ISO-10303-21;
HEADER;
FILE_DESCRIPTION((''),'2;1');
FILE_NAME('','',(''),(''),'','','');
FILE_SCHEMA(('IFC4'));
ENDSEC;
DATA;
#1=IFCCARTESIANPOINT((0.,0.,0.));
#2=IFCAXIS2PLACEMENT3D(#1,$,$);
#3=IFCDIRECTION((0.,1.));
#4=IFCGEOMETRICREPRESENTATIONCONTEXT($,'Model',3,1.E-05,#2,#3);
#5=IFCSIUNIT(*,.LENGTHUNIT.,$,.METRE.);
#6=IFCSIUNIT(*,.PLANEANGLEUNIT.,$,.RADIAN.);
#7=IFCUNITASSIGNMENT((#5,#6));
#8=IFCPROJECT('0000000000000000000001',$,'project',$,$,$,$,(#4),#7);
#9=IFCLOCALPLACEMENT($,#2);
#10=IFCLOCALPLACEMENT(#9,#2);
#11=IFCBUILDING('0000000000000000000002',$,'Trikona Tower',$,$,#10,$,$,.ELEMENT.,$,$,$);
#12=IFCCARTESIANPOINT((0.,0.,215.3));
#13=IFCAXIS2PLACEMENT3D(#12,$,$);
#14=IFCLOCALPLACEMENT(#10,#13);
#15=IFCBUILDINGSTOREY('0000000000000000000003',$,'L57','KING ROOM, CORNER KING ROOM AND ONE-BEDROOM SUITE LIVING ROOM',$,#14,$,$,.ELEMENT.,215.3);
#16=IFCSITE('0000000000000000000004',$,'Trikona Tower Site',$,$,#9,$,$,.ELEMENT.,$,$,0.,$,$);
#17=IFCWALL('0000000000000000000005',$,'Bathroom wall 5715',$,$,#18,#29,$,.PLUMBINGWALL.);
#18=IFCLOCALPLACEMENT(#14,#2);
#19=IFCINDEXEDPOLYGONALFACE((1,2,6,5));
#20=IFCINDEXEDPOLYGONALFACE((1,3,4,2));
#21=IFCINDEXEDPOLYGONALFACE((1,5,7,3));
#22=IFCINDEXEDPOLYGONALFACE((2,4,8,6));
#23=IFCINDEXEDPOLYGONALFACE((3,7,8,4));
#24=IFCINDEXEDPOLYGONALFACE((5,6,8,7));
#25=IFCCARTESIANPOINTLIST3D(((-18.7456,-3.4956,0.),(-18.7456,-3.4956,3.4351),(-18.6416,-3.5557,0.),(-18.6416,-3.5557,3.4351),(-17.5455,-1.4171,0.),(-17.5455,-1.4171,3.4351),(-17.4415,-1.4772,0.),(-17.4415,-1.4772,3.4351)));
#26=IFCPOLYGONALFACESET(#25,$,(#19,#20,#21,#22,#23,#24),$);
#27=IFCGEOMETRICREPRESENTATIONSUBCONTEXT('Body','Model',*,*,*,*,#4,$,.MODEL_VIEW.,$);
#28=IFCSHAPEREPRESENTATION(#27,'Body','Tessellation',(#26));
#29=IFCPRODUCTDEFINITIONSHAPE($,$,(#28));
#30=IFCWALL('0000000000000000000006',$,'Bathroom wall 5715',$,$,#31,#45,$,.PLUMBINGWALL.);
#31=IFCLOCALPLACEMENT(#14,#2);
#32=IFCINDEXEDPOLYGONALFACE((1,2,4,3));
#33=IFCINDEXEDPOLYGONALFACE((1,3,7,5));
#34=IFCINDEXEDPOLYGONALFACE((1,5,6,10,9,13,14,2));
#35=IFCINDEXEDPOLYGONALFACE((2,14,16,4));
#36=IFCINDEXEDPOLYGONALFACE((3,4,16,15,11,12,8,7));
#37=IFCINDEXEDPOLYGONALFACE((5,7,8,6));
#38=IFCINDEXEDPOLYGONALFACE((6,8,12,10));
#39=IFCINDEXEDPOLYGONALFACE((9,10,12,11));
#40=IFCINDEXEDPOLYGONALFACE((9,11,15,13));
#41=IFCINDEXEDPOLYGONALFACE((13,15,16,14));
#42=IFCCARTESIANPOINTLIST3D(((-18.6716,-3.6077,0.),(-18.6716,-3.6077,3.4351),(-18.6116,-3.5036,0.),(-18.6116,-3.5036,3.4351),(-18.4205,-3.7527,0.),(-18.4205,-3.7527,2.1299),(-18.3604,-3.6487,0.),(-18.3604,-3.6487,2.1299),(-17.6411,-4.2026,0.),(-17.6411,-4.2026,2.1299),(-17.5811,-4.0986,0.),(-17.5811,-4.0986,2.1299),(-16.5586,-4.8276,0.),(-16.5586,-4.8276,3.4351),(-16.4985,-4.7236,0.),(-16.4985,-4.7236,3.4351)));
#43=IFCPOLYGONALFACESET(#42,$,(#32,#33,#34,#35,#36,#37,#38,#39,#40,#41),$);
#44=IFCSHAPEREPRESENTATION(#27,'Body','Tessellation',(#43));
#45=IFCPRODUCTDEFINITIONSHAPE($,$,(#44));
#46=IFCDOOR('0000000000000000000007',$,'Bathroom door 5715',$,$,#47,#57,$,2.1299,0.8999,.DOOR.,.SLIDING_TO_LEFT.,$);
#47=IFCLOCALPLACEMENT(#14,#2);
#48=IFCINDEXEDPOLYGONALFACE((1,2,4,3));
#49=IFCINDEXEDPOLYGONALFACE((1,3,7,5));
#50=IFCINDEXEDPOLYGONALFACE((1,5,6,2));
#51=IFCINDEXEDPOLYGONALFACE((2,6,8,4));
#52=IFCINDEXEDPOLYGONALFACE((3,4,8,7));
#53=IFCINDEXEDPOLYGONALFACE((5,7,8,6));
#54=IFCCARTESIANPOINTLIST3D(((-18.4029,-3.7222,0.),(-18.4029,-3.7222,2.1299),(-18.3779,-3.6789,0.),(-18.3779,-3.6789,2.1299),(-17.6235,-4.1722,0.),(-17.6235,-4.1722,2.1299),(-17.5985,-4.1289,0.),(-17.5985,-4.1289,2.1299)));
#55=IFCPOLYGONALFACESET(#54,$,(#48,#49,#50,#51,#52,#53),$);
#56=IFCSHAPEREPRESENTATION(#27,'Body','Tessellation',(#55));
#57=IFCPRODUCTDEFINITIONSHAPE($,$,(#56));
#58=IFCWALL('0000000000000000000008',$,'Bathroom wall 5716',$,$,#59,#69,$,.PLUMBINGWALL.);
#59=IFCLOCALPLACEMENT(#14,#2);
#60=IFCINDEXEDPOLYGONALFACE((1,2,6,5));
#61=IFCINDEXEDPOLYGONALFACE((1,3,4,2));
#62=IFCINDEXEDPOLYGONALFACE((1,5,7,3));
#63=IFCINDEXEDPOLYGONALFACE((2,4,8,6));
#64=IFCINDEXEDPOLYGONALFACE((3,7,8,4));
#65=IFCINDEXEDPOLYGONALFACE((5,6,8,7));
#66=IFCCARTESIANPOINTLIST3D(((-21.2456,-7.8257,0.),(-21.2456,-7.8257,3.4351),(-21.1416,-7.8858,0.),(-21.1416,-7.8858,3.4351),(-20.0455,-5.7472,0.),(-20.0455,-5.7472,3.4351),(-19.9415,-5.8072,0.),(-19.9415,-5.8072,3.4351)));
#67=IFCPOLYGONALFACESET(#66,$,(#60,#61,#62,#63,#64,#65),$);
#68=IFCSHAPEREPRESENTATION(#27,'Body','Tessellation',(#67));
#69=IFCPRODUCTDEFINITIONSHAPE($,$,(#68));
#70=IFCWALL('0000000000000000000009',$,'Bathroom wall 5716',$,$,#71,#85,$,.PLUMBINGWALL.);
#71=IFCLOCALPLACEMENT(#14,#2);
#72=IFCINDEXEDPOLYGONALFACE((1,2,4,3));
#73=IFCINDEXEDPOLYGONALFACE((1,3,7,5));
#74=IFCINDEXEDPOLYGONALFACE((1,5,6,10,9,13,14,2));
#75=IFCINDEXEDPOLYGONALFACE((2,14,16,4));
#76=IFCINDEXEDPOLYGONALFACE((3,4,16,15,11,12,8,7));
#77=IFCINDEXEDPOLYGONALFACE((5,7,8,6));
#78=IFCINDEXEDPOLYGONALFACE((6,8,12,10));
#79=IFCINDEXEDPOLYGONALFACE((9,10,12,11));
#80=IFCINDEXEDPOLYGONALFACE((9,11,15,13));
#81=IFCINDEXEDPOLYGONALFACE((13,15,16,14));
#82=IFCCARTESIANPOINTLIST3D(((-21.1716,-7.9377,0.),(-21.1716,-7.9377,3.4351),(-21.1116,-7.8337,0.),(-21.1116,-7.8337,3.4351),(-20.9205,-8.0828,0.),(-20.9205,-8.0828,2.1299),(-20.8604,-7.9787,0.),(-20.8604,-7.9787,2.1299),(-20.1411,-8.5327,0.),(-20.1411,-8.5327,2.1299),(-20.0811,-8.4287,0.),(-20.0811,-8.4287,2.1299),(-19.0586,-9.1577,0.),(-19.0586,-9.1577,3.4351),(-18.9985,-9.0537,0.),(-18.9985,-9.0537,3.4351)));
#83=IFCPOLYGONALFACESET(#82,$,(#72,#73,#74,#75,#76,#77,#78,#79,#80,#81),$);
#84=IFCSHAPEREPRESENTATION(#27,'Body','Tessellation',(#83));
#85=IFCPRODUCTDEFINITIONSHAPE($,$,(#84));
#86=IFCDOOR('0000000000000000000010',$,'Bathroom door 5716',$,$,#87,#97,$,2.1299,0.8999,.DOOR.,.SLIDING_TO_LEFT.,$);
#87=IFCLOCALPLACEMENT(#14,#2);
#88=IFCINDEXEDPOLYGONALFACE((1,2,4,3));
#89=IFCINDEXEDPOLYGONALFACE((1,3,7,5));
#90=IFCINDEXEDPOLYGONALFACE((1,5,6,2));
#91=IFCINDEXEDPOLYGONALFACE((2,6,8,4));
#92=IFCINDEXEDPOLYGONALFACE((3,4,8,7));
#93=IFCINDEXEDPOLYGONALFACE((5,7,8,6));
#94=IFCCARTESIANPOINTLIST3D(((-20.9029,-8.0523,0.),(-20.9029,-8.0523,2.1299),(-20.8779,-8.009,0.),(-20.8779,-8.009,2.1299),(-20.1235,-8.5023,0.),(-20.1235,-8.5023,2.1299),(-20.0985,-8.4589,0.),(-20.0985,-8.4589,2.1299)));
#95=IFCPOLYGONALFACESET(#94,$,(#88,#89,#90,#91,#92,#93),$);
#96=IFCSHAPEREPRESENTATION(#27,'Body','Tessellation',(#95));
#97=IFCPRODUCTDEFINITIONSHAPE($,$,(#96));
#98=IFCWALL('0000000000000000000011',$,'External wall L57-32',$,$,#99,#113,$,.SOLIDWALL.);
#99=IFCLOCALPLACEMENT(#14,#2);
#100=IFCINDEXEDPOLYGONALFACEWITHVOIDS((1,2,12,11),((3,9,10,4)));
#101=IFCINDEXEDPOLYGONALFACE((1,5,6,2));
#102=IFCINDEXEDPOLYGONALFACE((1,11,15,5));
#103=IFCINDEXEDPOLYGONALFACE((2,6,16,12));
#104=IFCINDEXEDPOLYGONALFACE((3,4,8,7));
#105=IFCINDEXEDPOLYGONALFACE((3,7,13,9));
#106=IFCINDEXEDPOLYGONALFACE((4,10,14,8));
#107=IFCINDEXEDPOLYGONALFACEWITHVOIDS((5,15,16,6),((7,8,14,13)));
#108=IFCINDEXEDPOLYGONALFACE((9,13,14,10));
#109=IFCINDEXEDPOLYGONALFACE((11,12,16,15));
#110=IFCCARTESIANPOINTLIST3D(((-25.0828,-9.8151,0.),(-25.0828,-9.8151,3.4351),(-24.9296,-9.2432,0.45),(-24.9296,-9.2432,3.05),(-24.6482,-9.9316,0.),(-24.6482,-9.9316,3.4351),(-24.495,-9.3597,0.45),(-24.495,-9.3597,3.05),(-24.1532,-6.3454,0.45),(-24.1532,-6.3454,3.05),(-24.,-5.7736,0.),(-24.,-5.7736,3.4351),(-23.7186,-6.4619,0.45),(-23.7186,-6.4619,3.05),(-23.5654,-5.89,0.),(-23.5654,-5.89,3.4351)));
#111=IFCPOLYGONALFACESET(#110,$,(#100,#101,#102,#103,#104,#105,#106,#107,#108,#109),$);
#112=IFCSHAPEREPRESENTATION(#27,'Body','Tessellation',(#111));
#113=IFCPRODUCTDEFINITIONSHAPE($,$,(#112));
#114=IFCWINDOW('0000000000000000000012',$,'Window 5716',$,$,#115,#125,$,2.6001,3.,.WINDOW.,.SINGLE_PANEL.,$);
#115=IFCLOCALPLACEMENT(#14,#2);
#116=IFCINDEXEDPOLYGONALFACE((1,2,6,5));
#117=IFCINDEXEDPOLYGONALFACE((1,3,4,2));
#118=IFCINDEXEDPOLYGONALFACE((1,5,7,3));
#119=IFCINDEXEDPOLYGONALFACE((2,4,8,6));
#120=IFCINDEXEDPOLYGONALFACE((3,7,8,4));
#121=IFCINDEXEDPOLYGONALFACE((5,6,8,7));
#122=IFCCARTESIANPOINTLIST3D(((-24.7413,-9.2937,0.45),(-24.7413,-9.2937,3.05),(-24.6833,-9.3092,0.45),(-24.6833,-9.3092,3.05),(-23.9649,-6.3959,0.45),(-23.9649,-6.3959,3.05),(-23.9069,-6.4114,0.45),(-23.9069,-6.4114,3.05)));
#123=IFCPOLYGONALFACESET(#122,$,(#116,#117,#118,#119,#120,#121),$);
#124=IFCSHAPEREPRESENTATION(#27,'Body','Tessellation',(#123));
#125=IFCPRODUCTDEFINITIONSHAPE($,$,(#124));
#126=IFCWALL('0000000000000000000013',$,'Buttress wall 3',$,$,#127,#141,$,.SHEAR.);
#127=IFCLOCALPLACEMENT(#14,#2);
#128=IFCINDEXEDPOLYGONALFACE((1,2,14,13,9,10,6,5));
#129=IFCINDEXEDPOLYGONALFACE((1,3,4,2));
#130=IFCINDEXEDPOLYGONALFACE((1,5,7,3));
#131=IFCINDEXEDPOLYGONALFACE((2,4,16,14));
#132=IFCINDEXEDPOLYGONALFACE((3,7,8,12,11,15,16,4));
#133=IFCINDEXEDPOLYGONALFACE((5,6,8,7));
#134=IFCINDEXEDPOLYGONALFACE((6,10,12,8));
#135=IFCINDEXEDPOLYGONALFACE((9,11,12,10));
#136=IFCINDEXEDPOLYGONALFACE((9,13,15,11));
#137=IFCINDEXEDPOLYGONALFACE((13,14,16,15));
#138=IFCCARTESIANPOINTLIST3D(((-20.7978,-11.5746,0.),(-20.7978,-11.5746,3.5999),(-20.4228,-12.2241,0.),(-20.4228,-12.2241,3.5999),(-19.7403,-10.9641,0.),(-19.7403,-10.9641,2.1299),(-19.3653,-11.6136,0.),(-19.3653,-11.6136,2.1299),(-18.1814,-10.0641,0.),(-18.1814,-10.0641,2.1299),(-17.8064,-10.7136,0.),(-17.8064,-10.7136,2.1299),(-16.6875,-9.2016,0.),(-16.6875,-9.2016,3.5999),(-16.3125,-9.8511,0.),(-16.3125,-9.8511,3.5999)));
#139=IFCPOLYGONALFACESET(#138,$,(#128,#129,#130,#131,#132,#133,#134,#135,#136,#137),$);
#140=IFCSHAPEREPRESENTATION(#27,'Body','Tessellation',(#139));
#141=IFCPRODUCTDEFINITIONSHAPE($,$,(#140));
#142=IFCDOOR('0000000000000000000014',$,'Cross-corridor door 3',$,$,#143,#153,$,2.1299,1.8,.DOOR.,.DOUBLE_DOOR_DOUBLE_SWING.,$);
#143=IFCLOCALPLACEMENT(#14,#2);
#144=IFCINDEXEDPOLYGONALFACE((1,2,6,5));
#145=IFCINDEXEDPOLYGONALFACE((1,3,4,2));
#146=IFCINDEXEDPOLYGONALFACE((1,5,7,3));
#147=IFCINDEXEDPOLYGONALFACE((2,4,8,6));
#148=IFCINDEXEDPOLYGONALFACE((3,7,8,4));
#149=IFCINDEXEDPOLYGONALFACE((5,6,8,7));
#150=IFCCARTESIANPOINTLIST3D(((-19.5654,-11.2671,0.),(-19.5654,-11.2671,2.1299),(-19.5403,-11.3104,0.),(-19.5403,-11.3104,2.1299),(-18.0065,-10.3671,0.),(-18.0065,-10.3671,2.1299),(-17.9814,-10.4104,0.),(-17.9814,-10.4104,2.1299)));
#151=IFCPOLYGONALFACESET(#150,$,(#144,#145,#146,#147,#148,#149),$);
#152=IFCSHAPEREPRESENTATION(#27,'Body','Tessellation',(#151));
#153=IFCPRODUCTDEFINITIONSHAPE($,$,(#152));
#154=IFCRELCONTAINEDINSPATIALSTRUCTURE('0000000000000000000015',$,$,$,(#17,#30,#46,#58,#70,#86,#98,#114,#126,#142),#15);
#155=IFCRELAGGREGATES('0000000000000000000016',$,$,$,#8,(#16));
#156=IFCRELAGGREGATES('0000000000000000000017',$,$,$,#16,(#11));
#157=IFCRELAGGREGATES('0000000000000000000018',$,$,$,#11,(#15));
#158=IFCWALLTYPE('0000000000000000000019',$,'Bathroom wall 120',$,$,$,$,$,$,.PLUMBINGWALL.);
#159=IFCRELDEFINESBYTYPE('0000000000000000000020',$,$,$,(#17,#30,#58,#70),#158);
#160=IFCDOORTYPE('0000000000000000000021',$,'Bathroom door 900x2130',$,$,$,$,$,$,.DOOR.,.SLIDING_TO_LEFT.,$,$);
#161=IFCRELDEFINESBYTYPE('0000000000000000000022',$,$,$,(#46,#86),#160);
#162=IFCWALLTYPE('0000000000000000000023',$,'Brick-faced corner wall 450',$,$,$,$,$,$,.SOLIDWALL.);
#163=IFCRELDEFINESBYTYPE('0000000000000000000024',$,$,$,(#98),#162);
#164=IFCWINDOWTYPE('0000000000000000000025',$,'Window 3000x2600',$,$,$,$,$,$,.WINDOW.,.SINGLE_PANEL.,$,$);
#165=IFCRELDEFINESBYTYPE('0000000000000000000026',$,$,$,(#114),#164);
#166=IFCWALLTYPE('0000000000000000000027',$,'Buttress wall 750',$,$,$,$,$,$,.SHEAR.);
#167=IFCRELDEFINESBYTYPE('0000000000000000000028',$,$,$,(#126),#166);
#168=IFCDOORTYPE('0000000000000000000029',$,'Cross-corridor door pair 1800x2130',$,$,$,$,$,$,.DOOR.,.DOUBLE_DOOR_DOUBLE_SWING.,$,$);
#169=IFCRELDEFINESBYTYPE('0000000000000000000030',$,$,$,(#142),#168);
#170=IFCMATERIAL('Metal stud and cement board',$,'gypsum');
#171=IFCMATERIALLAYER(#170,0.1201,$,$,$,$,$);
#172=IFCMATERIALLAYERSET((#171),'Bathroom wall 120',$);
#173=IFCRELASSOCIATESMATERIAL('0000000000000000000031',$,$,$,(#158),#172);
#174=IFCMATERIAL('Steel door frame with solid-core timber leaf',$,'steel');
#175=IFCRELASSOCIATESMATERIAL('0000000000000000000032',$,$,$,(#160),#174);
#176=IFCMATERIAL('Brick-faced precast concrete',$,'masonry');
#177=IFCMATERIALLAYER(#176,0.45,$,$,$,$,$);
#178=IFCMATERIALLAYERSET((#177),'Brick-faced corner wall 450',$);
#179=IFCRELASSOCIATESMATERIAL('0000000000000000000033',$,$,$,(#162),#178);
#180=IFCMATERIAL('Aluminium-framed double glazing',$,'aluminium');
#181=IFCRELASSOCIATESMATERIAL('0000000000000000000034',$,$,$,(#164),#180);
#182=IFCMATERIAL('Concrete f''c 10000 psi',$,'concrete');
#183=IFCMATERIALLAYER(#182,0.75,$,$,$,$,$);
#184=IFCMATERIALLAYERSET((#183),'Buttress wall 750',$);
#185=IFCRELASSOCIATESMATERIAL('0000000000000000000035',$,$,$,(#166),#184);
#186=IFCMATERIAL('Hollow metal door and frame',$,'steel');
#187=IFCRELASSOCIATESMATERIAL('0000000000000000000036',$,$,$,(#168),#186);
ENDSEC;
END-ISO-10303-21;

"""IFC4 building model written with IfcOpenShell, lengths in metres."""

from ifc_helpers import new_model, si_unit, direction, frame, frame_2d, origin, place, context, subcontext, project, spatial, rectangle, extrude, material, layer, layer_set, type_object, element, fill, save


model = new_model("IFC4")

# Units and contexts
model_context = context("Model", 3, precision=1e-05, world=origin(), true_north=direction((0.0, 1.0)))
body_context = subcontext(model_context, "Body", "Model", "MODEL_VIEW")
ifc_project = project(units=[si_unit("LENGTHUNIT", "METRE"), si_unit("PLANEANGLEUNIT", "RADIAN")], contexts=[model_context])

# Site, building, storey
site_placement = place(None, origin())
site = spatial("IfcSite", under=ifc_project, at=site_placement, Name="Trikona Tower Site", CompositionType="ELEMENT", RefElevation=0.0)
building_placement = place(site_placement, origin())
building = spatial("IfcBuilding", under=site, at=building_placement, Name="Trikona Tower", CompositionType="ELEMENT")
storey_placement = place(building_placement, frame((0.0, 0.0, 215.3)))
storey = spatial("IfcBuildingStorey", under=building, at=storey_placement, Name="L57", Description="KING ROOM, CORNER KING ROOM AND ONE-BEDROOM SUITE LIVING ROOM", CompositionType="ELEMENT", Elevation=215.3)

# Wall
ifc_material_1 = material(Name="Metal stud and cement board", Category="gypsum")
ifc_layer_1 = layer(ifc_material_1, 0.1201)
ifc_layer_set_1 = layer_set([ifc_layer_1], Name="Bathroom wall 120")
wall_type_1 = type_object("IfcWallType", Name="Bathroom wall 120", PredefinedType="PLUMBINGWALL", material=ifc_layer_set_1)
wall_1_placement = place(storey_placement, frame((-17.4934, -1.447, 0.0), z_axis=(0.0, 0.0, 1.0), x_axis=(-0.500034, -0.866006, 0.0)))
element("IfcWall", 1, at=wall_1_placement, inside=storey, type_object=wall_type_1, Name="Bathroom wall 5715", PredefinedType="PLUMBINGWALL", context=body_context, shape_type="SweptSolid", body=[
    extrude(rectangle(XDim=2.4001, YDim=0.1201, at=frame_2d((1.2002, 0.0))), origin(), (0.0, 0.0, 1.0), 3.4351),
])

# Wall, opening, door
wall_2_placement = place(storey_placement, frame((-16.5286, -4.7756, 0.0), z_axis=(0.0, 0.0, 1.0), x_axis=(-0.866024, 0.500003, 0.0)))
wall_2 = element("IfcWall", 2, at=wall_2_placement, inside=storey, type_object=wall_type_1, Name="Bathroom wall 5715", PredefinedType="PLUMBINGWALL", context=body_context, shape_type="SweptSolid", body=[
    extrude(rectangle(XDim=2.4399, YDim=0.1201, at=frame_2d((1.22, 0.0))), origin(), (0.0, 0.0, 1.0), 3.4351),
])
opening_1_placement = place(wall_2_placement, frame((1.25, 0.0, 0.0)))
opening_1 = element("IfcOpeningElement", 3, at=opening_1_placement, cuts=wall_2, PredefinedType="OPENING", context=body_context, shape_type="SweptSolid", body=[
    extrude(rectangle(XDim=0.8999, YDim=2.1299, at=frame_2d((0.45, 1.0649))), frame((0.0, 0.0701, 0.0), z_axis=(0.0, -1.0, 0.0), x_axis=(1.0, 0.0, 0.0)), (0.0, 0.0, 1.0), 0.1401),
])
ifc_material_2 = material(Name="Steel door frame with solid-core timber leaf", Category="steel")
door_type_1 = type_object("IfcDoorType", Name="Bathroom door 900x2130", OperationType="SLIDING_TO_LEFT", PredefinedType="DOOR", material=ifc_material_2)
door_1_placement = place(opening_1_placement, origin())
door_1 = element("IfcDoor", 4, at=door_1_placement, inside=storey, type_object=door_type_1, Name="Bathroom door 5715", OperationType="SLIDING_TO_LEFT", OverallHeight=2.1299, OverallWidth=0.8999, PredefinedType="DOOR", context=body_context, shape_type="SweptSolid", body=[
    extrude(rectangle(XDim=0.8999, YDim=2.1299, at=frame_2d((0.45, 1.0649))), frame((0.0, 0.0249, 0.0), z_axis=(0.0, -1.0, 0.0), x_axis=(1.0, 0.0, 0.0)), (0.0, 0.0, 1.0), 0.05),
])
fill(opening_1, door_1)

# Wall
wall_3_placement = place(storey_placement, frame((-19.9934, -5.7771, 0.0), z_axis=(0.0, 0.0, 1.0), x_axis=(-0.500034, -0.866006, 0.0)))
element("IfcWall", 5, at=wall_3_placement, inside=storey, type_object=wall_type_1, Name="Bathroom wall 5716", PredefinedType="PLUMBINGWALL", context=body_context, shape_type="SweptSolid", body=[
    extrude(rectangle(XDim=2.4001, YDim=0.1201, at=frame_2d((1.2002, 0.0))), origin(), (0.0, 0.0, 1.0), 3.4351),
])

# Wall, opening, door
wall_4_placement = place(storey_placement, frame((-19.0286, -9.1057, 0.0), z_axis=(0.0, 0.0, 1.0), x_axis=(-0.866024, 0.500003, 0.0)))
wall_4 = element("IfcWall", 6, at=wall_4_placement, inside=storey, type_object=wall_type_1, Name="Bathroom wall 5716", PredefinedType="PLUMBINGWALL", context=body_context, shape_type="SweptSolid", body=[
    extrude(rectangle(XDim=2.4399, YDim=0.1201, at=frame_2d((1.22, 0.0))), origin(), (0.0, 0.0, 1.0), 3.4351),
])
opening_2_placement = place(wall_4_placement, frame((1.25, 0.0, 0.0)))
opening_2 = element("IfcOpeningElement", 7, at=opening_2_placement, cuts=wall_4, PredefinedType="OPENING", context=body_context, shape_type="SweptSolid", body=[
    extrude(rectangle(XDim=0.8999, YDim=2.1299, at=frame_2d((0.45, 1.0649))), frame((0.0, 0.0701, 0.0), z_axis=(0.0, -1.0, 0.0), x_axis=(1.0, 0.0, 0.0)), (0.0, 0.0, 1.0), 0.1401),
])
door_2_placement = place(opening_2_placement, origin())
door_2 = element("IfcDoor", 8, at=door_2_placement, inside=storey, type_object=door_type_1, Name="Bathroom door 5716", OperationType="SLIDING_TO_LEFT", OverallHeight=2.1299, OverallWidth=0.8999, PredefinedType="DOOR", context=body_context, shape_type="SweptSolid", body=[
    extrude(rectangle(XDim=0.8999, YDim=2.1299, at=frame_2d((0.45, 1.0649))), frame((0.0, 0.0249, 0.0), z_axis=(0.0, -1.0, 0.0), x_axis=(1.0, 0.0, 0.0)), (0.0, 0.0, 1.0), 0.05),
])
fill(opening_2, door_2)

# Wall, opening, window
ifc_material_3 = material(Name="Brick-faced precast concrete", Category="masonry")
ifc_layer_2 = layer(ifc_material_3, 0.45)
ifc_layer_set_2 = layer_set([ifc_layer_2], Name="Brick-faced corner wall 450")
wall_type_2 = type_object("IfcWallType", Name="Brick-faced corner wall 450", PredefinedType="SOLIDWALL", material=ifc_layer_set_2)
wall_5_placement = place(storey_placement, frame((-23.7827, -5.8318, 0.0), z_axis=(0.0, 0.0, 1.0), x_axis=(-0.258785, -0.965935, 0.0)))
wall_5 = element("IfcWall", 9, at=wall_5_placement, inside=storey, type_object=wall_type_2, Name="External wall L57-32", PredefinedType="SOLIDWALL", context=body_context, shape_type="SweptSolid", body=[
    extrude(rectangle(XDim=4.1841, YDim=0.45, at=frame_2d((2.092, 0.0))), origin(), (0.0, 0.0, 1.0), 3.4351),
])
opening_3_placement = place(wall_5_placement, frame((0.592, 0.0, 0.45)))
opening_3 = element("IfcOpeningElement", 10, at=opening_3_placement, cuts=wall_5, PredefinedType="OPENING", context=body_context, shape_type="SweptSolid", body=[
    extrude(rectangle(XDim=3.0, YDim=2.6001, at=frame_2d((1.5, 1.3))), frame((0.0, 0.2349, 0.0), z_axis=(0.0, -1.0, 0.0), x_axis=(1.0, 0.0, 0.0)), (0.0, 0.0, 1.0), 0.47),
])
ifc_material_4 = material(Name="Aluminium-framed double glazing", Category="aluminium")
window_type = type_object("IfcWindowType", Name="Window 3000x2600", PartitioningType="SINGLE_PANEL", PredefinedType="WINDOW", material=ifc_material_4)
window_placement = place(opening_3_placement, origin())
window = element("IfcWindow", 11, at=window_placement, inside=storey, type_object=window_type, Name="Window 5716", OverallHeight=2.6001, OverallWidth=3.0, PartitioningType="SINGLE_PANEL", PredefinedType="WINDOW", context=body_context, shape_type="SweptSolid", body=[
    extrude(rectangle(XDim=3.0, YDim=2.6001, at=frame_2d((1.5, 1.3))), frame((0.0, 0.03, 0.0), z_axis=(0.0, -1.0, 0.0), x_axis=(1.0, 0.0, 0.0)), (0.0, 0.0, 1.0), 0.0601),
])
fill(opening_3, window)

# Wall, opening, door
ifc_material_5 = material(Name="Concrete f'c 10000 psi", Category="concrete")
ifc_layer_3 = layer(ifc_material_5, 0.75)
ifc_layer_set_3 = layer_set([ifc_layer_3], Name="Buttress wall 750")
wall_type_3 = type_object("IfcWallType", Name="Buttress wall 750", PredefinedType="SHEAR", material=ifc_layer_set_3)
wall_6_placement = place(storey_placement, frame((-16.5, -9.5264, 0.0), z_axis=(0.0, 0.0, 1.0), x_axis=(-0.866031, -0.49999, 0.0)))
wall_6 = element("IfcWall", 12, at=wall_6_placement, inside=storey, type_object=wall_type_3, Name="Buttress wall 3", PredefinedType="SHEAR", context=body_context, shape_type="SweptSolid", body=[
    extrude(rectangle(XDim=4.7461, YDim=0.75, at=frame_2d((2.373, 0.0))), origin(), (0.0, 0.0, 1.0), 3.5999),
])
opening_4_placement = place(wall_6_placement, frame((1.7251, 0.0, 0.0)))
opening_4 = element("IfcOpeningElement", 13, at=opening_4_placement, cuts=wall_6, PredefinedType="OPENING", context=body_context, shape_type="SweptSolid", body=[
    extrude(rectangle(XDim=1.8, YDim=2.1299, at=frame_2d((0.8999, 1.0649))), frame((0.0, 0.385, 0.0), z_axis=(0.0, -1.0, 0.0), x_axis=(1.0, 0.0, 0.0)), (0.0, 0.0, 1.0), 0.77),
])
ifc_material_6 = material(Name="Hollow metal door and frame", Category="steel")
door_type_2 = type_object("IfcDoorType", Name="Cross-corridor door pair 1800x2130", OperationType="DOUBLE_DOOR_DOUBLE_SWING", PredefinedType="DOOR", material=ifc_material_6)
door_3_placement = place(opening_4_placement, origin())
door_3 = element("IfcDoor", 14, at=door_3_placement, inside=storey, type_object=door_type_2, Name="Cross-corridor door 3", OperationType="DOUBLE_DOOR_DOUBLE_SWING", OverallHeight=2.1299, OverallWidth=1.8, PredefinedType="DOOR", context=body_context, shape_type="SweptSolid", body=[
    extrude(rectangle(XDim=1.8, YDim=2.1299, at=frame_2d((0.8999, 1.0649))), frame((0.0, 0.0249, 0.0), z_axis=(0.0, -1.0, 0.0), x_axis=(1.0, 0.0, 0.0)), (0.0, 0.0, 1.0), 0.05),
])
fill(opening_4, door_3)

save(model, "model.ifc")
